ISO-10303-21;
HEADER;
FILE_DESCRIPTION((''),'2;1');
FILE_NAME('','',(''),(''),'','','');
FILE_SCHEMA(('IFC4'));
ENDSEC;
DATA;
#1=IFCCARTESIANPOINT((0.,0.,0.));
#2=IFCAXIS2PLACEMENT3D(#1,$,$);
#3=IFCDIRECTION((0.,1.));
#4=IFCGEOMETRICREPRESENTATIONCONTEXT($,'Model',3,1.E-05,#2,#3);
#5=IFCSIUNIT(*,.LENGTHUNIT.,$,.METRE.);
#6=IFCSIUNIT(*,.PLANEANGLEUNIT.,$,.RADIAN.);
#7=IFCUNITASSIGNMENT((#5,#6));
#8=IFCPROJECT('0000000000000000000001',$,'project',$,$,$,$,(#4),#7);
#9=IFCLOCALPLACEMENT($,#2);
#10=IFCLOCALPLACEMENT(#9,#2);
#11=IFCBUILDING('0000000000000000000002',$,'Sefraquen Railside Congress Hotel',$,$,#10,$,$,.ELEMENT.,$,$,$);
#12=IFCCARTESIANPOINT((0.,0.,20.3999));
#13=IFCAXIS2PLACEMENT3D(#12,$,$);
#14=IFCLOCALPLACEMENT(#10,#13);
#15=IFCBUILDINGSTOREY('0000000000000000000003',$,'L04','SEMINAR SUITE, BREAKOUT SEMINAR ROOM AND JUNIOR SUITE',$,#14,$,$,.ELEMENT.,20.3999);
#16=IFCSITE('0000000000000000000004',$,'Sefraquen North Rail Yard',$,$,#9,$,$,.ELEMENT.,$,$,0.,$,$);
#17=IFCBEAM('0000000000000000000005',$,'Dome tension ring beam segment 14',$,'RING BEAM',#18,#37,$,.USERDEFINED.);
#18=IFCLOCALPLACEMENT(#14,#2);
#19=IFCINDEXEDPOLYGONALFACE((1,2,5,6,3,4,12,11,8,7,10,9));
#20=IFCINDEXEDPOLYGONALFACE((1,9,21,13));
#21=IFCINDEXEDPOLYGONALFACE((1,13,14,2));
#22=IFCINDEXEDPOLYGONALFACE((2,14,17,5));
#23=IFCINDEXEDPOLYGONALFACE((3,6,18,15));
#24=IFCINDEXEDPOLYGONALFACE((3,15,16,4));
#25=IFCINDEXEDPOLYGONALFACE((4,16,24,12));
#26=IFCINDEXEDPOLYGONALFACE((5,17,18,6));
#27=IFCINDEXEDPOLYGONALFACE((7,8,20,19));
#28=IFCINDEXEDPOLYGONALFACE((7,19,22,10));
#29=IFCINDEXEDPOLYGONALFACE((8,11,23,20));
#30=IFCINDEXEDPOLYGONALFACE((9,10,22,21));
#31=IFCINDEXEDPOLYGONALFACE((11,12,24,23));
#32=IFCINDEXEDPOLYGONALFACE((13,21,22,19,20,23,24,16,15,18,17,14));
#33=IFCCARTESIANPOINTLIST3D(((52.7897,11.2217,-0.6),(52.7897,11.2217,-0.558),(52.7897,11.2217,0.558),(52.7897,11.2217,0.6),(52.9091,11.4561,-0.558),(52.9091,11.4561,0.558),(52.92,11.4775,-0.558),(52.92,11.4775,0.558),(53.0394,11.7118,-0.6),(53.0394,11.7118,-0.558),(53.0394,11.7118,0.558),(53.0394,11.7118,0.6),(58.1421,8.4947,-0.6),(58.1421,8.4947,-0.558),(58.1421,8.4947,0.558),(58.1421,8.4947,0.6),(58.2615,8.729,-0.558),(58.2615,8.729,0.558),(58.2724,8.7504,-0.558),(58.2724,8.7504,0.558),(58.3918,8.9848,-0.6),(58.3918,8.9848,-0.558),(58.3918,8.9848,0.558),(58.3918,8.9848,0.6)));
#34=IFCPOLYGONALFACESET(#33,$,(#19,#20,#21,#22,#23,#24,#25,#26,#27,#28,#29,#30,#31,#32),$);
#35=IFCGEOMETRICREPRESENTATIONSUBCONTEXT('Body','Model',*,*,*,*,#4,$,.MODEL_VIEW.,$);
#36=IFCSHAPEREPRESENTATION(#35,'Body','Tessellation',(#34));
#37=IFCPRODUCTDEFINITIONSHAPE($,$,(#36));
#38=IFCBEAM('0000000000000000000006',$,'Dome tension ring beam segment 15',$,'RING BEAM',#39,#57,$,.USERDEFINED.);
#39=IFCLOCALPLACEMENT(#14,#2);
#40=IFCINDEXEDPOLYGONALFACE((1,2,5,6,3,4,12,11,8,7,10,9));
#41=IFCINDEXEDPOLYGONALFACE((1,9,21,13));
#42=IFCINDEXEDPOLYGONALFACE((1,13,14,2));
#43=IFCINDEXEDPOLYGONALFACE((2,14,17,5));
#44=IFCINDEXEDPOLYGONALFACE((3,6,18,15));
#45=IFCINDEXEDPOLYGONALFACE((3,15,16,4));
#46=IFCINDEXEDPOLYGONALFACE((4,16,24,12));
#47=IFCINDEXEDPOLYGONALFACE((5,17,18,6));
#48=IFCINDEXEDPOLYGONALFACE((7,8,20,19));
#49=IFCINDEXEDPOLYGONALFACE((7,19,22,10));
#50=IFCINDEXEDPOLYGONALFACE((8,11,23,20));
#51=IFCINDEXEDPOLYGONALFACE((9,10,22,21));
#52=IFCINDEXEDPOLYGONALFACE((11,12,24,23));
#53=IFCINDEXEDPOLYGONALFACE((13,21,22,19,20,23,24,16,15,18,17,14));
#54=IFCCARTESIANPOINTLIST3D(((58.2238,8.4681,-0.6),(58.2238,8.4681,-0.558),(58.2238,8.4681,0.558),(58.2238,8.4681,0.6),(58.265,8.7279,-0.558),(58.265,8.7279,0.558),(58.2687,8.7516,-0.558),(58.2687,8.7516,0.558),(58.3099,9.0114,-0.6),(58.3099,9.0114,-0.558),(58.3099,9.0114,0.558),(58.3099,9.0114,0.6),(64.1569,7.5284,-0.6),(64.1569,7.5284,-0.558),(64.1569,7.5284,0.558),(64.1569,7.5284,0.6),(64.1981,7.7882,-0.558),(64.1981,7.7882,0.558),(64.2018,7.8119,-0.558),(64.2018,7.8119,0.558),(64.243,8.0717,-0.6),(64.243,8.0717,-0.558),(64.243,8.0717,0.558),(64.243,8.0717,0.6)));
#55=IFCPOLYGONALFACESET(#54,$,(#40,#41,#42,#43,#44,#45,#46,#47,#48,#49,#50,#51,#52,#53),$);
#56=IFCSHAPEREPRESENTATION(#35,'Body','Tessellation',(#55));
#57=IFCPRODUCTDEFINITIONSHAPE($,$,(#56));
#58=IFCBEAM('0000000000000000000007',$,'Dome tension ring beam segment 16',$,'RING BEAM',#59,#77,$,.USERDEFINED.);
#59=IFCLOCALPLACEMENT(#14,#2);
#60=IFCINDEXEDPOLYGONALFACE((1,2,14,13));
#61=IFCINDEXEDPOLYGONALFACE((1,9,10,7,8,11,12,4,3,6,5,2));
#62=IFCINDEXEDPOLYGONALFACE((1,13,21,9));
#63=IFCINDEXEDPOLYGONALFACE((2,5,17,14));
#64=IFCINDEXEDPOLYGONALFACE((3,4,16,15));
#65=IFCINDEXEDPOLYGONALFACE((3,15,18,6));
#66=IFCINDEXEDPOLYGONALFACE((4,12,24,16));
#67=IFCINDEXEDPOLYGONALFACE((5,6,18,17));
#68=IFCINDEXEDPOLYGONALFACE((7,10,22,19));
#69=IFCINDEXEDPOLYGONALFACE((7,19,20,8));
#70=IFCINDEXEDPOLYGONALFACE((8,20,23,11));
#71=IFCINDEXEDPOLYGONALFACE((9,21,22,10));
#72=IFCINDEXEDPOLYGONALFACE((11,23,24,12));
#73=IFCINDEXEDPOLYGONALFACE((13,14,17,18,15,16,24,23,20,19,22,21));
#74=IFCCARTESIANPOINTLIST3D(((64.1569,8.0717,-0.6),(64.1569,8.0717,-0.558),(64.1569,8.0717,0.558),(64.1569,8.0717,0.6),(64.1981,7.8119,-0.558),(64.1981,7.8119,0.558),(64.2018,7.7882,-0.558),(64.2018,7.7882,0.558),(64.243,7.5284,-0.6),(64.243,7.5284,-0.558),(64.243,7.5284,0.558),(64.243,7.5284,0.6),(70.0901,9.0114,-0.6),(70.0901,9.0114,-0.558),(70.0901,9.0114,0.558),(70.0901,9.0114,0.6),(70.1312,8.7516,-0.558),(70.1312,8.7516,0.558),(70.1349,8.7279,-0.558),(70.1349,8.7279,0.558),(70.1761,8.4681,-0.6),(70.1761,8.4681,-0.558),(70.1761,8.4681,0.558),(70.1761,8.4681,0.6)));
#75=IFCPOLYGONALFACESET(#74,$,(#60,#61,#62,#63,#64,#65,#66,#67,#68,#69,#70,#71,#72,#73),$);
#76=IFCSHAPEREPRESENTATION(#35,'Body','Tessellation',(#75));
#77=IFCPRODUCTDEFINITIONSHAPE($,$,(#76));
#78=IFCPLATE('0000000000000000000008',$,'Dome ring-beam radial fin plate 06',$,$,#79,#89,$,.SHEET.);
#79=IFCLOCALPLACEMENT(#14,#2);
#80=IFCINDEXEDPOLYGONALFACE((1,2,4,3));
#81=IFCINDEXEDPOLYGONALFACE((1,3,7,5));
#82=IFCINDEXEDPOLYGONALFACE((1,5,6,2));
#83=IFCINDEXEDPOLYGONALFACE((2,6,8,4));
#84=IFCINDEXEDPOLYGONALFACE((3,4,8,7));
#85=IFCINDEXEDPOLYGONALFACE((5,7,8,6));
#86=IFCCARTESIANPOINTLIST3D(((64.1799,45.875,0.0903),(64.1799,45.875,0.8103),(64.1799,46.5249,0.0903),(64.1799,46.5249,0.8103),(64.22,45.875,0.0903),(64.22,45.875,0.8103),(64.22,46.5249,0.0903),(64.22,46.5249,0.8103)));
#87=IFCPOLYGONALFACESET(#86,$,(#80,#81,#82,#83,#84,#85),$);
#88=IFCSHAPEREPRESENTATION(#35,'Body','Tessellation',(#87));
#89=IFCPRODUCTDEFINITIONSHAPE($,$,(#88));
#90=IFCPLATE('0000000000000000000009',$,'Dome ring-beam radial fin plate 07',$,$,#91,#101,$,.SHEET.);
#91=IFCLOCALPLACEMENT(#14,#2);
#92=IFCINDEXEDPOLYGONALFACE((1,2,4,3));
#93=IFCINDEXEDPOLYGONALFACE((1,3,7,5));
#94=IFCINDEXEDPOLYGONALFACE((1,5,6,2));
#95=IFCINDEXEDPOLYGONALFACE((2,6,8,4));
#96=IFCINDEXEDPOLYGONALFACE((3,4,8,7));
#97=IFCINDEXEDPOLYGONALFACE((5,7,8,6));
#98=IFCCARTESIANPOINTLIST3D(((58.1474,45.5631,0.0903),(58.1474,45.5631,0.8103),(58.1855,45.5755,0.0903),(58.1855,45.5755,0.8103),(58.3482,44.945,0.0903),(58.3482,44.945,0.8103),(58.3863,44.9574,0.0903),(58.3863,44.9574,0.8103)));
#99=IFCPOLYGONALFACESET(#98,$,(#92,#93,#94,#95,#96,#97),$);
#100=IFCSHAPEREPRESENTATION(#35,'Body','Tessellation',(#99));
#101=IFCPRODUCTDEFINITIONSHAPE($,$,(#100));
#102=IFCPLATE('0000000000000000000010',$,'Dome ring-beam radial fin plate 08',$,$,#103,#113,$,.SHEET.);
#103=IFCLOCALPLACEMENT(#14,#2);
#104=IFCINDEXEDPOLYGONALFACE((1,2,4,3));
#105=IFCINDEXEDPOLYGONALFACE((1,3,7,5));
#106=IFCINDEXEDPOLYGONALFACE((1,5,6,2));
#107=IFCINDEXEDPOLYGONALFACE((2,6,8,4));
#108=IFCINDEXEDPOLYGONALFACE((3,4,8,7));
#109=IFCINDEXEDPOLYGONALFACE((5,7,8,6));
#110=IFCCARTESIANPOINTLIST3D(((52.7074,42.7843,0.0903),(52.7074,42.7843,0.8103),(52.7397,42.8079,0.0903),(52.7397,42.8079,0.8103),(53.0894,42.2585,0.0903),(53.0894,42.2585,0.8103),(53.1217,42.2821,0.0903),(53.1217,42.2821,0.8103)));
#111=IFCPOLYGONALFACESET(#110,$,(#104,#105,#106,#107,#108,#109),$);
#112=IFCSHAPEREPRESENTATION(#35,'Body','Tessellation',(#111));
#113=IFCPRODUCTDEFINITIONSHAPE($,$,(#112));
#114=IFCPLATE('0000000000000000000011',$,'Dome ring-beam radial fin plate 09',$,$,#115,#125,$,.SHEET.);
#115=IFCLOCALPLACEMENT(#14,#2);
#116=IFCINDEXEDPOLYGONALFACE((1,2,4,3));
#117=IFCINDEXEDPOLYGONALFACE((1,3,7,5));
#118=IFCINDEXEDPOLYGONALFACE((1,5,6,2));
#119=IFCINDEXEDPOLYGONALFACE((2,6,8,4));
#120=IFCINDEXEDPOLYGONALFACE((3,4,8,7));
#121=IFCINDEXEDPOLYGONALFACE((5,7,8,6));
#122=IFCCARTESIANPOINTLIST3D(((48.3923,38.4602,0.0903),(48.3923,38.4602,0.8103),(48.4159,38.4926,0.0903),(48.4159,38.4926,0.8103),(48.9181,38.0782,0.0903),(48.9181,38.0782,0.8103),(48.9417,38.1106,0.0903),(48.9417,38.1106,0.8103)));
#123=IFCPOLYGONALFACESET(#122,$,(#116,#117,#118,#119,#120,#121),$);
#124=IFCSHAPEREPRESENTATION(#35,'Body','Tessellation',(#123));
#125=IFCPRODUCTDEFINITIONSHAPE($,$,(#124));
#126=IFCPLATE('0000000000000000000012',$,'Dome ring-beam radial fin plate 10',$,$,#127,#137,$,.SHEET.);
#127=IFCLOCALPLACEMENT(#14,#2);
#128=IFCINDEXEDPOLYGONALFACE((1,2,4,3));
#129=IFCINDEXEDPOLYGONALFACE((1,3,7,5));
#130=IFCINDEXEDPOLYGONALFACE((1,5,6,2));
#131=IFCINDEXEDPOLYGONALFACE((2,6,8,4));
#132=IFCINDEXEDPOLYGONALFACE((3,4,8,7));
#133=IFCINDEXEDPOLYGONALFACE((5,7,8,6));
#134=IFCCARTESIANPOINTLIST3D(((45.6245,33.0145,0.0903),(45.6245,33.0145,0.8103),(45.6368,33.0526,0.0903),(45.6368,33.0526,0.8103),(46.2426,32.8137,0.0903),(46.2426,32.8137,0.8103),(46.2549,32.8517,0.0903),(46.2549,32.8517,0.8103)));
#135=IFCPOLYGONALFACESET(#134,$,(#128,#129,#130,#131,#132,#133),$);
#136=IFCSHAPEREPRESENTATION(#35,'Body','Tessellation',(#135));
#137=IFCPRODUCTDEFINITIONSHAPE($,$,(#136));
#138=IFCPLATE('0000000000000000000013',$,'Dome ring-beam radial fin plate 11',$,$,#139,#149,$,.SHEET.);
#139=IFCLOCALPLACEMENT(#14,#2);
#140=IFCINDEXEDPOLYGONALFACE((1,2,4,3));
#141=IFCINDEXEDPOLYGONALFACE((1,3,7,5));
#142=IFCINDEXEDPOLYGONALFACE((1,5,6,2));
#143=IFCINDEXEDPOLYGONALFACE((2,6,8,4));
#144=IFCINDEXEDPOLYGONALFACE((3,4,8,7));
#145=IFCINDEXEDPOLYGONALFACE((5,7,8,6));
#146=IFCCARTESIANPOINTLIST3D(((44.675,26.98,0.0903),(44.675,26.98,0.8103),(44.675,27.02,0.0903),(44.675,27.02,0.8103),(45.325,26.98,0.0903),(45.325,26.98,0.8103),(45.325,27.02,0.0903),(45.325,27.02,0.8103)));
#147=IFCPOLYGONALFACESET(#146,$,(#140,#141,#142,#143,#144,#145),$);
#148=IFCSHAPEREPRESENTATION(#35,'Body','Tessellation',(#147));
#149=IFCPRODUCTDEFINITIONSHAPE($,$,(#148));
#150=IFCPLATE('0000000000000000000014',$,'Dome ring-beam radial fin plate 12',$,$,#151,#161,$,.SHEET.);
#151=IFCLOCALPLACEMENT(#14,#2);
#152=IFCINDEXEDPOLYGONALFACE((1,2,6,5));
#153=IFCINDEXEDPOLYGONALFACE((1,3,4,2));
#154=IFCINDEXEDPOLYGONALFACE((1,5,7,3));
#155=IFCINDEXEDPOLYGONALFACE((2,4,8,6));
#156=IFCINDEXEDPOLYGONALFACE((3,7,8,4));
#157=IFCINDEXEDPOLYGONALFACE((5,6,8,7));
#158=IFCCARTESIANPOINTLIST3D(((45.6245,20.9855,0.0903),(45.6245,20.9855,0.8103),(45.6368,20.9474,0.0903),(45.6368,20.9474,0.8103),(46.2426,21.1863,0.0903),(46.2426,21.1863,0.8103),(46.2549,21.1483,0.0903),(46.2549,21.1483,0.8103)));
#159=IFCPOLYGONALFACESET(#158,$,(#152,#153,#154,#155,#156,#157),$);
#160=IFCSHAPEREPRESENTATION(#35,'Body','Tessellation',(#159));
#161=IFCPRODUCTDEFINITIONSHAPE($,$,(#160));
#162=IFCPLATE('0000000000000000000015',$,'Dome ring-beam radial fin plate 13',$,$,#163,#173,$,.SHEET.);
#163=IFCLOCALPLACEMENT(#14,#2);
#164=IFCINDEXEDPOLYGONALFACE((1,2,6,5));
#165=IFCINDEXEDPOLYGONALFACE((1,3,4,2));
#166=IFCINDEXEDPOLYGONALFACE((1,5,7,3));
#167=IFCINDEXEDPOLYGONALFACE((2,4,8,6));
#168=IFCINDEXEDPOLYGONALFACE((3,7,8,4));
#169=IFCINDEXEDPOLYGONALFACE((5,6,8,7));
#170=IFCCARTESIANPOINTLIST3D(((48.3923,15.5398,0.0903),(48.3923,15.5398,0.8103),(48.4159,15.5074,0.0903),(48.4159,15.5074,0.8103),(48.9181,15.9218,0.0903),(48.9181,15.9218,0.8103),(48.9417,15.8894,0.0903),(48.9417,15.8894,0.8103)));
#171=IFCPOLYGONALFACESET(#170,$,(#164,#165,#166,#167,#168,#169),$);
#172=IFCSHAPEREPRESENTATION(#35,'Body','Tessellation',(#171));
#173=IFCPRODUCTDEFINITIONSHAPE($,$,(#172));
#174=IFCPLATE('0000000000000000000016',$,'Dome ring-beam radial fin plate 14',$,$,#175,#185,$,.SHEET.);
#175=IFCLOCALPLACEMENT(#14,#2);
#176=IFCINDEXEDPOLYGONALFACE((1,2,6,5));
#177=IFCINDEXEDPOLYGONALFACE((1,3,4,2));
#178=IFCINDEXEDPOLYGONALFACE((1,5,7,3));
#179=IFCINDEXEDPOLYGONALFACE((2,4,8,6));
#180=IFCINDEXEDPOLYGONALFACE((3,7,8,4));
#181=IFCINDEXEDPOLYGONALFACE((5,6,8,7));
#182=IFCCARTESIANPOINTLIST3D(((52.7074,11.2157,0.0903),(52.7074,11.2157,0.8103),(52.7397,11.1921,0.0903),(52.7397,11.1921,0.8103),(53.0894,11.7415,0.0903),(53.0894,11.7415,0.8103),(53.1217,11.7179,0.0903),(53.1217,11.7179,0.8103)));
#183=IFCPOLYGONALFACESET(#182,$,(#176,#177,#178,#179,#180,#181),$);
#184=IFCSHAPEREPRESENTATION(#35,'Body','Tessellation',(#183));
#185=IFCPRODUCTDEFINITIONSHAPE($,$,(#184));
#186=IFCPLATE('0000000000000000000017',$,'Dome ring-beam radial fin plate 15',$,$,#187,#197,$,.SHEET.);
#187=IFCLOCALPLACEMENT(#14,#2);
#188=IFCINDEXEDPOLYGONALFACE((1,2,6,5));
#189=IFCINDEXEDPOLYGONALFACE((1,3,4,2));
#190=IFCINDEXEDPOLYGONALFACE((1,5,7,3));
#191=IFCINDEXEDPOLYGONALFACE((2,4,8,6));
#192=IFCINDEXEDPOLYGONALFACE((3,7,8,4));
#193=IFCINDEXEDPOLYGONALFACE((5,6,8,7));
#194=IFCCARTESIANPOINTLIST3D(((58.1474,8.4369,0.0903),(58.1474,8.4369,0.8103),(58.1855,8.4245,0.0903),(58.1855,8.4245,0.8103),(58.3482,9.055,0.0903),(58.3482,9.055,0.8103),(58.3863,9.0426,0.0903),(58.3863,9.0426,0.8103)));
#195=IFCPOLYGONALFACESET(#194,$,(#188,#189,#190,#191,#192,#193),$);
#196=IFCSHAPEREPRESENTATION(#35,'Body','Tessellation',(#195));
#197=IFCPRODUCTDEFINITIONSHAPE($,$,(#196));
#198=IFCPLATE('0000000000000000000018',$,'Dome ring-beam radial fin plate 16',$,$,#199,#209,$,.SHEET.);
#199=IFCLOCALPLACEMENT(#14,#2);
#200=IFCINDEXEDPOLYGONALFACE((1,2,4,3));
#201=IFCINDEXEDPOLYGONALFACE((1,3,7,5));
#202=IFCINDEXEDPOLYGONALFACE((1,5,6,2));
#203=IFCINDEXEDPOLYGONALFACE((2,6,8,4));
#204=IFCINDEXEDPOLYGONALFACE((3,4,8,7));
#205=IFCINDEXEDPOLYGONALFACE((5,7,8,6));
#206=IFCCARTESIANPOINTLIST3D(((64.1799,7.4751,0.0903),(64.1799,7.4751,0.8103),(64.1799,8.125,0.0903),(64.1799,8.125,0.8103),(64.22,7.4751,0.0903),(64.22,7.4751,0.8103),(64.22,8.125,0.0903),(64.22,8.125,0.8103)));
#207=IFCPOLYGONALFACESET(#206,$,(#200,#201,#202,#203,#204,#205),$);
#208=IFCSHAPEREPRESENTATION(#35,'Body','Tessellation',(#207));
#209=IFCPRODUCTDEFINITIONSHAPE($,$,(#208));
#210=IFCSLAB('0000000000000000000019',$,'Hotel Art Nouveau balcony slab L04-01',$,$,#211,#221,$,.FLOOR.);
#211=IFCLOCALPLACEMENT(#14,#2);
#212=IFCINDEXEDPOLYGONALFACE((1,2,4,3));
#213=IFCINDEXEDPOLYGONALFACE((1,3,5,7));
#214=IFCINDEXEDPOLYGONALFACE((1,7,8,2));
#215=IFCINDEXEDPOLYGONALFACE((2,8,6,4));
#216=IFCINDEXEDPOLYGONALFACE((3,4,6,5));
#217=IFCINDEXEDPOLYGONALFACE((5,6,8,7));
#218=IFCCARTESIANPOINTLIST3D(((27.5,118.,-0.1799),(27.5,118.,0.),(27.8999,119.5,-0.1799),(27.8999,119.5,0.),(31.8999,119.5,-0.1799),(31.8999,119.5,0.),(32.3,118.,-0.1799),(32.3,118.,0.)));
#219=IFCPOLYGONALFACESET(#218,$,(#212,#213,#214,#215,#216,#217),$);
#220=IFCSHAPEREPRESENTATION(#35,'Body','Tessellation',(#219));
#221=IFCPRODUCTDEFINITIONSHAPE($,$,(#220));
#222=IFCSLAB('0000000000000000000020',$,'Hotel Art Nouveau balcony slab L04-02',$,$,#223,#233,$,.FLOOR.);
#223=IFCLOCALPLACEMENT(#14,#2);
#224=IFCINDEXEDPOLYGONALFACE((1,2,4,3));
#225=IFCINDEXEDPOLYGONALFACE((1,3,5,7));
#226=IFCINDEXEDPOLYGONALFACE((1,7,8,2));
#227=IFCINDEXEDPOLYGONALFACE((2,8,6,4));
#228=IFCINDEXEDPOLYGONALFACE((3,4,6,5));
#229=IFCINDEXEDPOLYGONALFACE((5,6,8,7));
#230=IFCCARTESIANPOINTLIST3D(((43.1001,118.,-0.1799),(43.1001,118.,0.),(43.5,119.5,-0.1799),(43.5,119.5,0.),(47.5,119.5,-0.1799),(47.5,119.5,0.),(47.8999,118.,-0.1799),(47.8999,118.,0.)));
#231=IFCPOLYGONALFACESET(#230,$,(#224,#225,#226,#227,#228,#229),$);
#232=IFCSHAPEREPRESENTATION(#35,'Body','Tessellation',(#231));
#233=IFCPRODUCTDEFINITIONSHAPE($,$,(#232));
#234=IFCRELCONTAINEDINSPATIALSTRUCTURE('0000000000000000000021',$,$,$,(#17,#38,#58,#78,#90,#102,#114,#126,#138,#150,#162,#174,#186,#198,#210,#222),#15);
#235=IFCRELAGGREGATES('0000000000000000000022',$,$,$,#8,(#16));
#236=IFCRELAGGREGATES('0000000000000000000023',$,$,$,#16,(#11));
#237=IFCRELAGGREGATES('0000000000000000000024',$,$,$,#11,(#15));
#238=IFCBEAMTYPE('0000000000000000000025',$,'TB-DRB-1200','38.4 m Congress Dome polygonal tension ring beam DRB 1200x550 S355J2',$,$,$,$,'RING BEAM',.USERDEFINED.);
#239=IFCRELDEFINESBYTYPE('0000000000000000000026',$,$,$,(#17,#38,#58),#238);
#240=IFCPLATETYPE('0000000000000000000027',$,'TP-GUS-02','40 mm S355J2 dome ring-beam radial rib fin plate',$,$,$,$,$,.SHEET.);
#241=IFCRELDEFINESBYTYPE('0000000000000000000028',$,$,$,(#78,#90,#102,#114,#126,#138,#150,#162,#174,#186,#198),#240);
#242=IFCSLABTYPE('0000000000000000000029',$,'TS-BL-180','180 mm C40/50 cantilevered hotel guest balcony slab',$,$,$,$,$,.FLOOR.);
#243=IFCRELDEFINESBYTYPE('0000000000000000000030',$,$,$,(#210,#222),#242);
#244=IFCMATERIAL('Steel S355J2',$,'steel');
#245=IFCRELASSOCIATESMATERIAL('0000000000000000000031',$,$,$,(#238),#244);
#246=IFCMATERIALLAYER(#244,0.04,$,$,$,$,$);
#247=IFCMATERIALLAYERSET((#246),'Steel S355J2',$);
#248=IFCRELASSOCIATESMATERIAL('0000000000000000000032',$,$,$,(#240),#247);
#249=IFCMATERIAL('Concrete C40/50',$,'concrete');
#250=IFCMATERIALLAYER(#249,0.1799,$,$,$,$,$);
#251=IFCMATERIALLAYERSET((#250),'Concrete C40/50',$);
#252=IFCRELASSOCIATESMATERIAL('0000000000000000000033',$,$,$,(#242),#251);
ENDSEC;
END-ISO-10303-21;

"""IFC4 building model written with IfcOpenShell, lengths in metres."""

from ifc_helpers import new_model, si_unit, direction, frame, origin, origin_2d, place, context, subcontext, project, spatial, polyline, rectangle, i_section, outline, extrude, material, layer, layer_set, material_profile, profile_set, type_object, element, save


model = new_model("IFC4")

# Units and contexts
model_context = context("Model", 3, precision=1e-05, world=origin(), true_north=direction((0.0, 1.0)))
body_context = subcontext(model_context, "Body", "Model", "MODEL_VIEW")
ifc_project = project(units=[si_unit("LENGTHUNIT", "METRE"), si_unit("PLANEANGLEUNIT", "RADIAN")], contexts=[model_context])

# Site, building, storey
site_placement = place(None, origin())
site = spatial("IfcSite", under=ifc_project, at=site_placement, Name="Sefraquen North Rail Yard", CompositionType="ELEMENT", RefElevation=0.0)
building_placement = place(site_placement, origin())
building = spatial("IfcBuilding", under=site, at=building_placement, Name="Sefraquen Railside Congress Hotel", CompositionType="ELEMENT")
storey_placement = place(building_placement, frame((0.0, 0.0, 20.3999)))
storey = spatial("IfcBuildingStorey", under=building, at=storey_placement, Name="L04", Description="SEMINAR SUITE, BREAKOUT SEMINAR ROOM AND JUNIOR SUITE", CompositionType="ELEMENT", Elevation=20.3999)

# Beams
ifc_material_1 = material(Name="Steel S355J2", Category="steel")
ifc_material_profile_1 = material_profile(ifc_material_1, i_section(OverallWidth=0.55, OverallDepth=1.2, WebThickness=0.0239, FlangeThickness=0.042, at=origin_2d()), Name="DRB 1200x550")
ifc_profile_set_1 = profile_set([ifc_material_profile_1], Name="Steel S355J2")
beam_type = type_object("IfcBeamType", Name="TB-DRB-1200", Description="38.4 m Congress Dome polygonal tension ring beam DRB 1200x550 S355J2", ElementType="RING BEAM", PredefinedType="USERDEFINED", material=ifc_profile_set_1)
for number, where, z_axis, x_axis, name in (
    (1, (52.9146, 11.4668, 0.0), (0.891012, -0.45398, 0.0), (0.45398, 0.891012, 0.0), "Dome tension ring beam segment 14"),
    (2, (58.2668, 8.7397, 0.0), (0.987689, -0.156432, 0.0), (0.156432, 0.987689, 0.0), "Dome tension ring beam segment 15"),
    (3, (64.2, 7.8, 0.0), (0.987689, 0.156432, 0.0), (-0.156432, 0.987689, 0.0), "Dome tension ring beam segment 16"),
):
    element("IfcBeam", number, at=place(storey_placement, frame(where, z_axis=z_axis, x_axis=x_axis)), inside=storey, type_object=beam_type, Name=name, ObjectType="RING BEAM", PredefinedType="USERDEFINED", context=body_context, shape_type="SweptSolid", body=[
        extrude(i_section(OverallWidth=0.55, OverallDepth=1.2, WebThickness=0.0239, FlangeThickness=0.042, at=origin_2d()), origin(), (0.0, 0.0, 1.0), 6.0071),
    ])

# Plates
ifc_layer_1 = layer(ifc_material_1, 0.04)
ifc_layer_set_1 = layer_set([ifc_layer_1], Name="Steel S355J2")
plate_type = type_object("IfcPlateType", Name="TP-GUS-02", Description="40 mm S355J2 dome ring-beam radial rib fin plate", PredefinedType="SHEET", material=ifc_layer_set_1)
for number, where, z_axis, x_axis, name in (
    (4, (64.2, 46.2, 0.0903), (0.0, 0.0, 1.0), (0.0, 1.0, 0.0), "Dome ring-beam radial fin plate 06"),
    (5, (58.2668, 45.2603, 0.0903), (0.0, 0.0, 1.0), (-0.309017, 0.951057, 0.0), "Dome ring-beam radial fin plate 07"),
    (6, (52.9146, 42.5332, 0.0903), (0.0, 0.0, 1.0), (-0.587785, 0.809017, 0.0), "Dome ring-beam radial fin plate 08"),
    (7, (48.667, 38.2854, 0.0903), (0.0, 0.0, 1.0), (-0.809017, 0.587785, 0.0), "Dome ring-beam radial fin plate 09"),
    (8, (45.9397, 32.9331, 0.0903), (0.0, 0.0, 1.0), (-0.951057, 0.309017, 0.0), "Dome ring-beam radial fin plate 10"),
    (9, (45.0, 27.0, 0.0903), (0.0, 0.0, 1.0), (-1.0, 0.0, 0.0), "Dome ring-beam radial fin plate 11"),
    (10, (45.9397, 21.0669, 0.0903), (0.0, 0.0, 1.0), (-0.951057, -0.309017, 0.0), "Dome ring-beam radial fin plate 12"),
    (11, (48.667, 15.7146, 0.0903), (0.0, 0.0, 1.0), (-0.809017, -0.587785, 0.0), "Dome ring-beam radial fin plate 13"),
    (12, (52.9146, 11.4668, 0.0903), (0.0, 0.0, 1.0), (-0.587785, -0.809017, 0.0), "Dome ring-beam radial fin plate 14"),
    (13, (58.2668, 8.7397, 0.0903), (0.0, 0.0, 1.0), (-0.309017, -0.951057, 0.0), "Dome ring-beam radial fin plate 15"),
    (14, (64.2, 7.8, 0.0903), (0.0, 0.0, 1.0), (0.0, -1.0, 0.0), "Dome ring-beam radial fin plate 16"),
):
    element("IfcPlate", number, at=place(storey_placement, frame(where, z_axis=z_axis, x_axis=x_axis)), inside=storey, type_object=plate_type, Name=name, PredefinedType="SHEET", context=body_context, shape_type="SweptSolid", body=[
        extrude(rectangle(XDim=0.6499, YDim=0.04, at=origin_2d()), origin(), (0.0, 0.0, 1.0), 0.72),
    ])

# Slabs
ifc_material_2 = material(Name="Concrete C40/50", Category="concrete")
ifc_layer_2 = layer(ifc_material_2, 0.1799)
ifc_layer_set_2 = layer_set([ifc_layer_2], Name="Concrete C40/50")
slab_type_1 = type_object("IfcSlabType", Name="TS-BL-180", Description="180 mm C40/50 cantilevered hotel guest balcony slab", PredefinedType="FLOOR", material=ifc_layer_set_2)
slab_1_placement = place(storey_placement, frame((0.0, 0.0, -0.1799)))
element("IfcSlab", 15, at=slab_1_placement, inside=storey, type_object=slab_type_1, Name="Hotel Art Nouveau balcony slab L04-01", PredefinedType="FLOOR", context=body_context, shape_type="SweptSolid", body=[
    extrude(outline(polyline([(27.5, 118.0), (32.3, 118.0), (31.8999, 119.5), (27.8999, 119.5), (27.5, 118.0)])), origin(), (0.0, 0.0, 1.0), 0.1799),
])
slab_2_placement = place(storey_placement, frame((0.0, 0.0, -0.1799)))
element("IfcSlab", 16, at=slab_2_placement, inside=storey, type_object=slab_type_1, Name="Hotel Art Nouveau balcony slab L04-02", PredefinedType="FLOOR", context=body_context, shape_type="SweptSolid", body=[
    extrude(outline(polyline([(43.1001, 118.0), (47.8999, 118.0), (47.5, 119.5), (43.5, 119.5), (43.1001, 118.0)])), origin(), (0.0, 0.0, 1.0), 0.1799),
])

save(model, "model.ifc")
